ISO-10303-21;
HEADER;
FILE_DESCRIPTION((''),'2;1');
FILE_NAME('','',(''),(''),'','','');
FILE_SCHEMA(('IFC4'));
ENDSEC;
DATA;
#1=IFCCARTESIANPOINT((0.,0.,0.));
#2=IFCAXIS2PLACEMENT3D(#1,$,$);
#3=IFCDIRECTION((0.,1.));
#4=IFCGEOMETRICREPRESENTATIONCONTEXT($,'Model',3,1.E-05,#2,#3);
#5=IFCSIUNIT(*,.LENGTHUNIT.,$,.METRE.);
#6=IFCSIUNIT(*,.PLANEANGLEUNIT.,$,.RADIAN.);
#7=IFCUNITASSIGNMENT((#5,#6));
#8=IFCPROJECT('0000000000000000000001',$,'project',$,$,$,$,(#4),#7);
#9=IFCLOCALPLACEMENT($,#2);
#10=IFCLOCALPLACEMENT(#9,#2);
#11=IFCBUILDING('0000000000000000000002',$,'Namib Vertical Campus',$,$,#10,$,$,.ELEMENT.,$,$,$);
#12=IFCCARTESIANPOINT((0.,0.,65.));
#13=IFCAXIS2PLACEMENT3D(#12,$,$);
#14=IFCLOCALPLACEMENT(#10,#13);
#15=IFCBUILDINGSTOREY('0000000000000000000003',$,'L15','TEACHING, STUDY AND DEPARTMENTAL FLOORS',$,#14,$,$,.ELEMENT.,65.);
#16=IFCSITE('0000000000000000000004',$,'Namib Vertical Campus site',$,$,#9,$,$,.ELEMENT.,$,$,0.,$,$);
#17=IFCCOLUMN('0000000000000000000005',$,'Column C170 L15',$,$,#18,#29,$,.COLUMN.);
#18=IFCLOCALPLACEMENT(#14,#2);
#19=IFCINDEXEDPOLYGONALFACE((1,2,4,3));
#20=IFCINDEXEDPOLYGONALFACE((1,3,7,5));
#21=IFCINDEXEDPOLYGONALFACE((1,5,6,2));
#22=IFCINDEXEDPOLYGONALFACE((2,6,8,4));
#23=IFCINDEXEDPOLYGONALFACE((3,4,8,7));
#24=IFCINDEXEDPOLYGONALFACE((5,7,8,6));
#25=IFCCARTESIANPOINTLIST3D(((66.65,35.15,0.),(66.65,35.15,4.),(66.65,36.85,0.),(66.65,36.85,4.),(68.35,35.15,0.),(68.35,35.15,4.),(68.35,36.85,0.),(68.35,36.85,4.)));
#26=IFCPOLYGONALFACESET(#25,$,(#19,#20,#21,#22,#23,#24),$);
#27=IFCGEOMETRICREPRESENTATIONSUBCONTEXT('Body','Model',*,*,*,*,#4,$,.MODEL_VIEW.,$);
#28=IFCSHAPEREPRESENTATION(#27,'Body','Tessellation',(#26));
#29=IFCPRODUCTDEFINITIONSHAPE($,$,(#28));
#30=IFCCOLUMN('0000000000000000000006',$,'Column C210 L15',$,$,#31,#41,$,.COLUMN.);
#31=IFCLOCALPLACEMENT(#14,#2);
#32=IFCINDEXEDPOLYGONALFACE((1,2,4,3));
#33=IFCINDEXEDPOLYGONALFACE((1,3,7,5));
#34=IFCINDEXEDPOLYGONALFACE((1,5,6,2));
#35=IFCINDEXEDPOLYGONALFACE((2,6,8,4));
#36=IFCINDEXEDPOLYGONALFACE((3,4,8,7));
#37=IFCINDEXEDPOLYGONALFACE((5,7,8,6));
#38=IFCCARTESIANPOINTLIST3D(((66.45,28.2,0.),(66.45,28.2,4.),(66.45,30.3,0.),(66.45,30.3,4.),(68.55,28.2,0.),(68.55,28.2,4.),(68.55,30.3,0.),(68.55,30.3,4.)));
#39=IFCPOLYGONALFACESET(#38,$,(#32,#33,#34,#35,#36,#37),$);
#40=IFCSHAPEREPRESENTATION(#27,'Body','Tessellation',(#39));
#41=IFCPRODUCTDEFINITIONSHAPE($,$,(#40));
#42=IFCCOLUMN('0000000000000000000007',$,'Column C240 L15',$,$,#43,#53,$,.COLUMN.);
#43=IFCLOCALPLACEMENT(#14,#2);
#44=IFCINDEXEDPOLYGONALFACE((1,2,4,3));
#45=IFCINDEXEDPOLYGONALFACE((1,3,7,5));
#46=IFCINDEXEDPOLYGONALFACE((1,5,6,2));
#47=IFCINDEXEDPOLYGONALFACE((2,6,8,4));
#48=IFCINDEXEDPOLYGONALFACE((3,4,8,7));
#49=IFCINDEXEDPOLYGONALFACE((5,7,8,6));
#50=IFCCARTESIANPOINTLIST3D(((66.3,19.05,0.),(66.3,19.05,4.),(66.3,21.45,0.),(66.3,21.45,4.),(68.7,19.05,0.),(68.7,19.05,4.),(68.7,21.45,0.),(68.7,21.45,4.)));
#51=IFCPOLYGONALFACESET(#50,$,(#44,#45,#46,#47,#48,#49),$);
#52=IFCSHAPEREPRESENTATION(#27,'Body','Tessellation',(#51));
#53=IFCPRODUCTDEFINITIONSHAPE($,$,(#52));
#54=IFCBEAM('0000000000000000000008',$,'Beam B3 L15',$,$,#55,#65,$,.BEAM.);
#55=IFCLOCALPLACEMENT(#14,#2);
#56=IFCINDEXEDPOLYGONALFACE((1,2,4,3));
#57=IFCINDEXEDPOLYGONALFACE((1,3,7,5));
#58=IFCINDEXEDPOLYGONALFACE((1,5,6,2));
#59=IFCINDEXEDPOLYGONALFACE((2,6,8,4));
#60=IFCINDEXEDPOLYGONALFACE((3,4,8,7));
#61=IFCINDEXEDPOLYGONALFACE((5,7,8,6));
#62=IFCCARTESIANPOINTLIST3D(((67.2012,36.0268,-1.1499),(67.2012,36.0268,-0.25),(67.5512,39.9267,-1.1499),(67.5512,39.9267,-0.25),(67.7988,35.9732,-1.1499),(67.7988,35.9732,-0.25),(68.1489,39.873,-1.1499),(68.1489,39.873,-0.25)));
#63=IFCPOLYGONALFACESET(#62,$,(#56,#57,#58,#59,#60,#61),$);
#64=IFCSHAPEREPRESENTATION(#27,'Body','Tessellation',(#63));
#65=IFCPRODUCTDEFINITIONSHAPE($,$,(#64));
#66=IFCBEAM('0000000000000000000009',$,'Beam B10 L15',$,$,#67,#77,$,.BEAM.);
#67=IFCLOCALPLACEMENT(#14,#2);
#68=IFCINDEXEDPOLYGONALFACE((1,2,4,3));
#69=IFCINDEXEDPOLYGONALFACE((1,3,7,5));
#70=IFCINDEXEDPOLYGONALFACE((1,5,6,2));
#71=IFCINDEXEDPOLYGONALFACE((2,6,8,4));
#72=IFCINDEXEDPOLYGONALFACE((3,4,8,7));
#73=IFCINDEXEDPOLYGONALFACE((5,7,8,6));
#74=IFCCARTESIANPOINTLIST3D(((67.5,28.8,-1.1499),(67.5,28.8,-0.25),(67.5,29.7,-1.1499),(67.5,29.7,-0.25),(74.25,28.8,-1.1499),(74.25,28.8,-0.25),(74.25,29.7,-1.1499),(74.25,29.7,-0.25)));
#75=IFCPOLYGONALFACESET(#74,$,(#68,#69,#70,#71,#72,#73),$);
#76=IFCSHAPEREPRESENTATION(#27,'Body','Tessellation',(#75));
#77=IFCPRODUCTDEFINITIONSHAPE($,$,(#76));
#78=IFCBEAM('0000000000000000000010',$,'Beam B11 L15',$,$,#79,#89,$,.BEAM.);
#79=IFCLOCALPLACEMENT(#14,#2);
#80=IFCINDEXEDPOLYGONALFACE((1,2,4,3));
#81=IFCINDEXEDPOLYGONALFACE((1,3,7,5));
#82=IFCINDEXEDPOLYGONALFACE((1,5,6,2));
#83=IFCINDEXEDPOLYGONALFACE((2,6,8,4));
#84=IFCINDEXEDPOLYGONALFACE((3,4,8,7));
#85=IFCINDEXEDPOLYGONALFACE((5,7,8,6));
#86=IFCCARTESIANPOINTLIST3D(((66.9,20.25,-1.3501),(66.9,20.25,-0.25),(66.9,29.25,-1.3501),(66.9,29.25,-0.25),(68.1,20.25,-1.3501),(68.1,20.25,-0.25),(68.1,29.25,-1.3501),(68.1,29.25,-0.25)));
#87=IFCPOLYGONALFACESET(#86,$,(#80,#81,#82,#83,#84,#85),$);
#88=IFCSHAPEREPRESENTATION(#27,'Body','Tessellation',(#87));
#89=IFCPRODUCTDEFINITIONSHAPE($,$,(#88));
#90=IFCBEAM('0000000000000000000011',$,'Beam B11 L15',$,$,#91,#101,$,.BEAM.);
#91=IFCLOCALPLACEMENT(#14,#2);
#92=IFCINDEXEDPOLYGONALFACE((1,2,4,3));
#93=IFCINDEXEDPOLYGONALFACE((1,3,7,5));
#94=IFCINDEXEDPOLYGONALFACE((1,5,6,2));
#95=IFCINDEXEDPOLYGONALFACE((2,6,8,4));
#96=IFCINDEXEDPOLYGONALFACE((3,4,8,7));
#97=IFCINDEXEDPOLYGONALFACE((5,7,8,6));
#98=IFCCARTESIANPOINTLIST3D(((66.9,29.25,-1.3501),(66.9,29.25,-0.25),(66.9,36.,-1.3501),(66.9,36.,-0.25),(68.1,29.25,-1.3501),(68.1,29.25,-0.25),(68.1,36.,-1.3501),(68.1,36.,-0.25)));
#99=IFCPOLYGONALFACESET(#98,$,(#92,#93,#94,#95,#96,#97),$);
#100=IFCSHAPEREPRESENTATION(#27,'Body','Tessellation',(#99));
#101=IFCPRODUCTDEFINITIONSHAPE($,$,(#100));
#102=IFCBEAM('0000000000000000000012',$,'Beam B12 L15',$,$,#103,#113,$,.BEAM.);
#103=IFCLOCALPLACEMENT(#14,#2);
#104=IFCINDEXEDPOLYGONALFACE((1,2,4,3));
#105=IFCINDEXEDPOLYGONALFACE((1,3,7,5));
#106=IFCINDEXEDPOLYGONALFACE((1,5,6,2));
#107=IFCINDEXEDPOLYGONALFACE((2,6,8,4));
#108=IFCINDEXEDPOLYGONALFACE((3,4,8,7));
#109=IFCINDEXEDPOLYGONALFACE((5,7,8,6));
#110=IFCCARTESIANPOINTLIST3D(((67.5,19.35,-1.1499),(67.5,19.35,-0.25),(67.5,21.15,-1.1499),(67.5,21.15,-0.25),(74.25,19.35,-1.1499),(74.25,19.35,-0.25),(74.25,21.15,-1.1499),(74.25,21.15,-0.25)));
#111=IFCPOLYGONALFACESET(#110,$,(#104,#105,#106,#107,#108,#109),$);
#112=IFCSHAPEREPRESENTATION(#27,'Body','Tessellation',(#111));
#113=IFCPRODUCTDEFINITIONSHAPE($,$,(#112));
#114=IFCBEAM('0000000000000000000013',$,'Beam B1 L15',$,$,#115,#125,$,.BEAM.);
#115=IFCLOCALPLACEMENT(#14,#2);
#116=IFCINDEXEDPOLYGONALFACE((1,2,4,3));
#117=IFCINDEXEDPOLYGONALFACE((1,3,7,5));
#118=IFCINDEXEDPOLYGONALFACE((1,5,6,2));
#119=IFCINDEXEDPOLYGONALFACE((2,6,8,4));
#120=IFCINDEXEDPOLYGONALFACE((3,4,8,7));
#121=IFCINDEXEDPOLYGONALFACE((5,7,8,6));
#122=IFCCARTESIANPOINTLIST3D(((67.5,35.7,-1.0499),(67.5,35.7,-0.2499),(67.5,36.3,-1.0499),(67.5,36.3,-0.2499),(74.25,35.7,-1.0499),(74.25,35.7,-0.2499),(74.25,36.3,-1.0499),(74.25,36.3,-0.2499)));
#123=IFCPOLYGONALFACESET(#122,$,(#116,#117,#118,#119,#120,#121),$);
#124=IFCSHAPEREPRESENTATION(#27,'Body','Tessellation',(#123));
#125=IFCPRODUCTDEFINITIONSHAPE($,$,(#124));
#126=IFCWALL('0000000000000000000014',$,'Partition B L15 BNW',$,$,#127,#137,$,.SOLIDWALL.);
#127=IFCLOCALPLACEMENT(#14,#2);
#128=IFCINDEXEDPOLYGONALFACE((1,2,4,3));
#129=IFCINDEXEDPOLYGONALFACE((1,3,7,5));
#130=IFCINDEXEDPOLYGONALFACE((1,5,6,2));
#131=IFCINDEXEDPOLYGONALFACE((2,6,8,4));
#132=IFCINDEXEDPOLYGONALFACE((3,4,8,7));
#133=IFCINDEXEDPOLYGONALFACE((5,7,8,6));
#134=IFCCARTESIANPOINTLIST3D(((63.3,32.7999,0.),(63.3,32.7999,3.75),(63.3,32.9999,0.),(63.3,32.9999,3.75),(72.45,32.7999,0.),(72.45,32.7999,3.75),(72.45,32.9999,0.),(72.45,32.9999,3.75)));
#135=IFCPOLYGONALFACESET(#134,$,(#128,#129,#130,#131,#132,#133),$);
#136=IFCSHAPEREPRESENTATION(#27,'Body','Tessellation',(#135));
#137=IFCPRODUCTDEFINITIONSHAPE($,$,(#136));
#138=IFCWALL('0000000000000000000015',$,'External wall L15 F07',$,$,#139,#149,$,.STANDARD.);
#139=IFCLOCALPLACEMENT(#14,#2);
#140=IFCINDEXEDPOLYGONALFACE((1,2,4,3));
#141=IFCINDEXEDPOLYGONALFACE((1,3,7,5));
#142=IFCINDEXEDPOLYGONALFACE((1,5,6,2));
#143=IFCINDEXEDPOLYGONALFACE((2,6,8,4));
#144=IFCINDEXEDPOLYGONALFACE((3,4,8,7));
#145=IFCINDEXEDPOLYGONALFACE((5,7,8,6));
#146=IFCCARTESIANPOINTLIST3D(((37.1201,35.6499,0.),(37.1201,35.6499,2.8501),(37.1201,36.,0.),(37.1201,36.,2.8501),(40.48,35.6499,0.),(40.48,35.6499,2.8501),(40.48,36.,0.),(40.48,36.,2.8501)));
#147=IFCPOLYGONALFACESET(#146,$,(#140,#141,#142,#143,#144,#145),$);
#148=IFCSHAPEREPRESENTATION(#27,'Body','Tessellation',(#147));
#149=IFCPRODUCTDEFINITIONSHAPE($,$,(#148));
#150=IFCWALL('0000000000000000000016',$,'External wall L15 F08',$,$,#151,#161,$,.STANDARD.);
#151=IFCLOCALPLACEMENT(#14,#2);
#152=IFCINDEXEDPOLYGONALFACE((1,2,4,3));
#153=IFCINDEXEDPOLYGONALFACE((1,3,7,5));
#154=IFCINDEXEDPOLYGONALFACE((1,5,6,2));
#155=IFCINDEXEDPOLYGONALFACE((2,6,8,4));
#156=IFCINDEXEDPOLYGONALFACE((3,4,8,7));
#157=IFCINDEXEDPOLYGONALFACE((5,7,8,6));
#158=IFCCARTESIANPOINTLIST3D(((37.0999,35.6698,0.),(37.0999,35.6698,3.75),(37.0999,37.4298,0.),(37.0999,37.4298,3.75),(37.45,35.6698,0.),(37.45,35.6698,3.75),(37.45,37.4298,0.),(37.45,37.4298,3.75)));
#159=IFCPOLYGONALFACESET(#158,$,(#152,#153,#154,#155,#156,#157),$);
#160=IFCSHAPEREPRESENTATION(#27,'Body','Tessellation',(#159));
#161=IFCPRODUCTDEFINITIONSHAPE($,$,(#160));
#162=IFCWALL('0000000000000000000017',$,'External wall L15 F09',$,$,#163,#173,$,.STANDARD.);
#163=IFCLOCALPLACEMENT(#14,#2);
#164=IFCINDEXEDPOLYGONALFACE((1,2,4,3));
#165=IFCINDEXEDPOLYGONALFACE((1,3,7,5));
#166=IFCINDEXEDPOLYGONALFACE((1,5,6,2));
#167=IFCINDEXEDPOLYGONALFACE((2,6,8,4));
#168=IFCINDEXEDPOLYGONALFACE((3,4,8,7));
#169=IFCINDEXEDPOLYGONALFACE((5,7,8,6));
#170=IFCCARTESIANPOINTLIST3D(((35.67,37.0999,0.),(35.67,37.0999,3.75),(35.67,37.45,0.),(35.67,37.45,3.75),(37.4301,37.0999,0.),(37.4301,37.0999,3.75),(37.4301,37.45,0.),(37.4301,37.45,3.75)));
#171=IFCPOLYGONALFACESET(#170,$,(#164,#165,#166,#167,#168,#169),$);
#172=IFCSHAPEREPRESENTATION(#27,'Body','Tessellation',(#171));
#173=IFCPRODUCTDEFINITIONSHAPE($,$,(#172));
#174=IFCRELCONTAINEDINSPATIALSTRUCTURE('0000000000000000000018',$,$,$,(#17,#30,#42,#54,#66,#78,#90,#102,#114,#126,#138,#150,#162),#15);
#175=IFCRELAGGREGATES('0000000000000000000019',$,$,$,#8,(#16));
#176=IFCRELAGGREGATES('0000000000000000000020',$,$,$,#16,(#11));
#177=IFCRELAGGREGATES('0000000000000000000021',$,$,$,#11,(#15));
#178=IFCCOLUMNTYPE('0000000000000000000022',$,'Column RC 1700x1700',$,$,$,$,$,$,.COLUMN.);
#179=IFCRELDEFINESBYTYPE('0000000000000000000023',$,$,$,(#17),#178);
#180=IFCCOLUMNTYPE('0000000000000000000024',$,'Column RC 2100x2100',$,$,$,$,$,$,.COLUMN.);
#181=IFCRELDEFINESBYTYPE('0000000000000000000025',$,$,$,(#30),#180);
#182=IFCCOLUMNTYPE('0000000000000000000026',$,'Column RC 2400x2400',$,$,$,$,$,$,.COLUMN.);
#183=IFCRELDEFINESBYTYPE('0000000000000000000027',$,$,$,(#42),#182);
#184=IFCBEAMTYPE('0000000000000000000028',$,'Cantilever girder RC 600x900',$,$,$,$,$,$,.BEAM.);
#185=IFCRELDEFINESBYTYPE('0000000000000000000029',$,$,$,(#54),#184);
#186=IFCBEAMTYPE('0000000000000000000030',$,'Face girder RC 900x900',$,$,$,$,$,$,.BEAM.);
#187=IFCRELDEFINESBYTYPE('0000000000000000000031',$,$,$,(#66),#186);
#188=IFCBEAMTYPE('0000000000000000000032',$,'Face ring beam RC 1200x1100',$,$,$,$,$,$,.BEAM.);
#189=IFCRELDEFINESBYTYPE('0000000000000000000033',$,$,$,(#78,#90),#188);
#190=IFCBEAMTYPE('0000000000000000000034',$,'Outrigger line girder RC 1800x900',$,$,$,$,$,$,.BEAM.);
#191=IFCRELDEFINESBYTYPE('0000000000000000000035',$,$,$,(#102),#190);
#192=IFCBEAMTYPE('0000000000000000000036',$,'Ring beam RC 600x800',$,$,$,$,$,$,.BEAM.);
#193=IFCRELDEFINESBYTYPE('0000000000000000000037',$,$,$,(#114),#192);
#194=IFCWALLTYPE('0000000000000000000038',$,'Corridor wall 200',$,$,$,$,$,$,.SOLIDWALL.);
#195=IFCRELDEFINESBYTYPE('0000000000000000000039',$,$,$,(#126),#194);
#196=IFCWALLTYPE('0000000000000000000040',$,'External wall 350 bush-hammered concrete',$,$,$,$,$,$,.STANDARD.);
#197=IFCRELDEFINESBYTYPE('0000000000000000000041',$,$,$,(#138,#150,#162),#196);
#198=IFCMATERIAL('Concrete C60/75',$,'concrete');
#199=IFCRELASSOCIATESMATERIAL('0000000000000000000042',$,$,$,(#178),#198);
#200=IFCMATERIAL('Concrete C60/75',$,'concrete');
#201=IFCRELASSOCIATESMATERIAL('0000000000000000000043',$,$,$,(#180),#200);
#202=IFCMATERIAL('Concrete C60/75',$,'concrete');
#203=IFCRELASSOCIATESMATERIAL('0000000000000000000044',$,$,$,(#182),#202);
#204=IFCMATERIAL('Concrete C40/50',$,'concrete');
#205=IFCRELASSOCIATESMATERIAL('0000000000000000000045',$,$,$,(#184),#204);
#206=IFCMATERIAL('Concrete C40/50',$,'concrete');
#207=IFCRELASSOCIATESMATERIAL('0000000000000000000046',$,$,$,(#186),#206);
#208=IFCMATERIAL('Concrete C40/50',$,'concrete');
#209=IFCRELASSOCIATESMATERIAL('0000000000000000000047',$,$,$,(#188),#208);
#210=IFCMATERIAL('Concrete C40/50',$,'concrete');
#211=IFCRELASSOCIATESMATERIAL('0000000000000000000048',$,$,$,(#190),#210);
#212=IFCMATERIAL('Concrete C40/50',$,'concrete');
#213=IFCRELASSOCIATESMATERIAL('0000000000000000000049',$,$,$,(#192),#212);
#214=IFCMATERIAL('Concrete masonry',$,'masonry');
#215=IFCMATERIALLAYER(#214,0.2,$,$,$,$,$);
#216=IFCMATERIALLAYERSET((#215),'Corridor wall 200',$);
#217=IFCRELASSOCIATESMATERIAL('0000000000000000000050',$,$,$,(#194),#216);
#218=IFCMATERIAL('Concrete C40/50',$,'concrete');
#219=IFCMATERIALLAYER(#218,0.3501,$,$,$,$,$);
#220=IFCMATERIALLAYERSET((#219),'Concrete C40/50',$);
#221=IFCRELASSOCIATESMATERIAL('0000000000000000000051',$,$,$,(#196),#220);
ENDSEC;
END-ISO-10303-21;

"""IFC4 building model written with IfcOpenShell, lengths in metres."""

from ifc_helpers import new_model, si_unit, direction, frame, frame_2d, origin, origin_2d, place, context, subcontext, project, spatial, rectangle, extrude, material, layer, layer_set, material_profile, profile_set, type_object, element, save


model = new_model("IFC4")

# Units and contexts
model_context = context("Model", 3, precision=1e-05, world=origin(), true_north=direction((0.0, 1.0)))
body_context = subcontext(model_context, "Body", "Model", "MODEL_VIEW")
ifc_project = project(units=[si_unit("LENGTHUNIT", "METRE"), si_unit("PLANEANGLEUNIT", "RADIAN")], contexts=[model_context])

# Site, building, storey
site_placement = place(None, origin())
site = spatial("IfcSite", under=ifc_project, at=site_placement, Name="Namib Vertical Campus site", CompositionType="ELEMENT", RefElevation=0.0)
building_placement = place(site_placement, origin())
building = spatial("IfcBuilding", under=site, at=building_placement, Name="Namib Vertical Campus", CompositionType="ELEMENT")
storey_placement = place(building_placement, frame((0.0, 0.0, 65.0)))
storey = spatial("IfcBuildingStorey", under=building, at=storey_placement, Name="L15", Description="TEACHING, STUDY AND DEPARTMENTAL FLOORS", CompositionType="ELEMENT", Elevation=65.0)

# Columns
ifc_material_1 = material(Name="Concrete C60/75", Category="concrete")
ifc_material_profile_1 = material_profile(ifc_material_1, rectangle(XDim=1.7, YDim=1.7, at=origin_2d()))
ifc_profile_set_1 = profile_set([ifc_material_profile_1], Name="Concrete C60/75")
column_type_1 = type_object("IfcColumnType", Name="Column RC 1700x1700", PredefinedType="COLUMN", material=ifc_profile_set_1)
column_1_placement = place(storey_placement, frame((67.5, 36.0, 0.0), z_axis=(0.0, 0.0, 1.0), x_axis=(1.0, 0.0, 0.0)))
element("IfcColumn", 1, at=column_1_placement, inside=storey, type_object=column_type_1, Name="Column C170 L15", PredefinedType="COLUMN", context=body_context, shape_type="SweptSolid", body=[
    extrude(rectangle(XDim=1.7, YDim=1.7, at=origin_2d()), origin(), (0.0, 0.0, 1.0), 4.0),
])
ifc_material_2 = material(Name="Concrete C60/75", Category="concrete")
ifc_material_profile_2 = material_profile(ifc_material_2, rectangle(XDim=2.1001, YDim=2.1001, at=origin_2d()))
ifc_profile_set_2 = profile_set([ifc_material_profile_2], Name="Concrete C60/75")
column_type_2 = type_object("IfcColumnType", Name="Column RC 2100x2100", PredefinedType="COLUMN", material=ifc_profile_set_2)
column_2_placement = place(storey_placement, frame((67.5, 29.25, 0.0), z_axis=(0.0, 0.0, 1.0), x_axis=(1.0, 0.0, 0.0)))
element("IfcColumn", 2, at=column_2_placement, inside=storey, type_object=column_type_2, Name="Column C210 L15", PredefinedType="COLUMN", context=body_context, shape_type="SweptSolid", body=[
    extrude(rectangle(XDim=2.1001, YDim=2.1001, at=origin_2d()), origin(), (0.0, 0.0, 1.0), 4.0),
])
ifc_material_3 = material(Name="Concrete C60/75", Category="concrete")
ifc_material_profile_3 = material_profile(ifc_material_3, rectangle(XDim=2.3999, YDim=2.3999, at=origin_2d()))
ifc_profile_set_3 = profile_set([ifc_material_profile_3], Name="Concrete C60/75")
column_type_3 = type_object("IfcColumnType", Name="Column RC 2400x2400", PredefinedType="COLUMN", material=ifc_profile_set_3)
column_3_placement = place(storey_placement, frame((67.5, 20.25, 0.0), z_axis=(0.0, 0.0, 1.0), x_axis=(1.0, 0.0, 0.0)))
element("IfcColumn", 3, at=column_3_placement, inside=storey, type_object=column_type_3, Name="Column C240 L15", PredefinedType="COLUMN", context=body_context, shape_type="SweptSolid", body=[
    extrude(rectangle(XDim=2.3999, YDim=2.3999, at=origin_2d()), origin(), (0.0, 0.0, 1.0), 4.0),
])

# Beams
ifc_material_4 = material(Name="Concrete C40/50", Category="concrete")
ifc_material_profile_4 = material_profile(ifc_material_4, rectangle(XDim=0.6001, YDim=0.8999, at=origin_2d()))
ifc_profile_set_4 = profile_set([ifc_material_profile_4], Name="Concrete C40/50")
beam_type_1 = type_object("IfcBeamType", Name="Cantilever girder RC 600x900", PredefinedType="BEAM", material=ifc_profile_set_4)
beam_1_placement = place(storey_placement, frame((67.5, 36.0, -0.7), z_axis=(0.089411, 0.995995, 0.0), x_axis=(-0.995995, 0.089411, 0.0)))
element("IfcBeam", 4, at=beam_1_placement, inside=storey, type_object=beam_type_1, Name="Beam B3 L15", PredefinedType="BEAM", context=body_context, shape_type="SweptSolid", body=[
    extrude(rectangle(XDim=0.6001, YDim=0.8999, at=origin_2d()), origin(), (0.0, 0.0, 1.0), 3.9155),
])
ifc_material_5 = material(Name="Concrete C40/50", Category="concrete")
ifc_material_profile_5 = material_profile(ifc_material_5, rectangle(XDim=0.8999, YDim=0.8999, at=origin_2d()))
ifc_profile_set_5 = profile_set([ifc_material_profile_5], Name="Concrete C40/50")
beam_type_2 = type_object("IfcBeamType", Name="Face girder RC 900x900", PredefinedType="BEAM", material=ifc_profile_set_5)
beam_2_placement = place(storey_placement, frame((67.5, 29.25, -0.7), z_axis=(1.0, 0.0, 0.0), x_axis=(0.0, 1.0, 0.0)))
element("IfcBeam", 5, at=beam_2_placement, inside=storey, type_object=beam_type_2, Name="Beam B10 L15", PredefinedType="BEAM", context=body_context, shape_type="SweptSolid", body=[
    extrude(rectangle(XDim=0.8999, YDim=0.8999, at=origin_2d()), origin(), (0.0, 0.0, 1.0), 6.75),
])
ifc_material_6 = material(Name="Concrete C40/50", Category="concrete")
ifc_material_profile_6 = material_profile(ifc_material_6, rectangle(XDim=1.2, YDim=1.1001, at=origin_2d()))
ifc_profile_set_6 = profile_set([ifc_material_profile_6], Name="Concrete C40/50")
beam_type_3 = type_object("IfcBeamType", Name="Face ring beam RC 1200x1100", PredefinedType="BEAM", material=ifc_profile_set_6)
beam_3_placement = place(storey_placement, frame((67.5, 20.25, -0.8), z_axis=(0.0, 1.0, 0.0), x_axis=(-1.0, 0.0, 0.0)))
element("IfcBeam", 6, at=beam_3_placement, inside=storey, type_object=beam_type_3, Name="Beam B11 L15", PredefinedType="BEAM", context=body_context, shape_type="SweptSolid", body=[
    extrude(rectangle(XDim=1.2, YDim=1.1001, at=origin_2d()), origin(), (0.0, 0.0, 1.0), 9.0),
])
beam_4_placement = place(storey_placement, frame((67.5, 29.25, -0.8), z_axis=(0.0, 1.0, 0.0), x_axis=(-1.0, 0.0, 0.0)))
element("IfcBeam", 7, at=beam_4_placement, inside=storey, type_object=beam_type_3, Name="Beam B11 L15", PredefinedType="BEAM", context=body_context, shape_type="SweptSolid", body=[
    extrude(rectangle(XDim=1.2, YDim=1.1001, at=origin_2d()), origin(), (0.0, 0.0, 1.0), 6.75),
])
ifc_material_7 = material(Name="Concrete C40/50", Category="concrete")
ifc_material_profile_7 = material_profile(ifc_material_7, rectangle(XDim=1.8, YDim=0.8999, at=origin_2d()))
ifc_profile_set_7 = profile_set([ifc_material_profile_7], Name="Concrete C40/50")
beam_type_4 = type_object("IfcBeamType", Name="Outrigger line girder RC 1800x900", PredefinedType="BEAM", material=ifc_profile_set_7)
beam_5_placement = place(storey_placement, frame((67.5, 20.25, -0.7), z_axis=(1.0, 0.0, 0.0), x_axis=(0.0, 1.0, 0.0)))
element("IfcBeam", 8, at=beam_5_placement, inside=storey, type_object=beam_type_4, Name="Beam B12 L15", PredefinedType="BEAM", context=body_context, shape_type="SweptSolid", body=[
    extrude(rectangle(XDim=1.8, YDim=0.8999, at=origin_2d()), origin(), (0.0, 0.0, 1.0), 6.75),
])
ifc_material_8 = material(Name="Concrete C40/50", Category="concrete")
ifc_material_profile_8 = material_profile(ifc_material_8, rectangle(XDim=0.6001, YDim=0.8, at=origin_2d()))
ifc_profile_set_8 = profile_set([ifc_material_profile_8], Name="Concrete C40/50")
beam_type_5 = type_object("IfcBeamType", Name="Ring beam RC 600x800", PredefinedType="BEAM", material=ifc_profile_set_8)
beam_6_placement = place(storey_placement, frame((67.5, 36.0, -0.6499), z_axis=(1.0, 0.0, 0.0), x_axis=(0.0, 1.0, 0.0)))
element("IfcBeam", 9, at=beam_6_placement, inside=storey, type_object=beam_type_5, Name="Beam B1 L15", PredefinedType="BEAM", context=body_context, shape_type="SweptSolid", body=[
    extrude(rectangle(XDim=0.6001, YDim=0.8, at=origin_2d()), origin(), (0.0, 0.0, 1.0), 6.75),
])

# Walls
ifc_material_9 = material(Name="Concrete masonry", Category="masonry")
ifc_layer_1 = layer(ifc_material_9, 0.2)
ifc_layer_set_1 = layer_set([ifc_layer_1], Name="Corridor wall 200")
wall_type_1 = type_object("IfcWallType", Name="Corridor wall 200", PredefinedType="SOLIDWALL", material=ifc_layer_set_1)
wall_1_placement = place(storey_placement, frame((63.3, 32.8999, 0.0), z_axis=(0.0, 0.0, 1.0), x_axis=(1.0, 0.0, 0.0)))
element("IfcWall", 10, at=wall_1_placement, inside=storey, type_object=wall_type_1, Name="Partition B L15 BNW", PredefinedType="SOLIDWALL", context=body_context, shape_type="SweptSolid", body=[
    extrude(rectangle(XDim=9.1499, YDim=0.2, at=frame_2d((4.575, 0.0))), origin(), (0.0, 0.0, 1.0), 3.75),
])
ifc_material_10 = material(Name="Concrete C40/50", Category="concrete")
ifc_layer_2 = layer(ifc_material_10, 0.3501)
ifc_layer_set_2 = layer_set([ifc_layer_2], Name="Concrete C40/50")
wall_type_2 = type_object("IfcWallType", Name="External wall 350 bush-hammered concrete", PredefinedType="STANDARD", material=ifc_layer_set_2)
wall_2_placement = place(storey_placement, frame((40.48, 35.825, 0.0), z_axis=(0.0, 0.0, 1.0), x_axis=(-1.0, 0.0, 0.0)))
element("IfcWall", 11, at=wall_2_placement, inside=storey, type_object=wall_type_2, Name="External wall L15 F07", PredefinedType="STANDARD", context=body_context, shape_type="SweptSolid", body=[
    extrude(rectangle(XDim=3.3599, YDim=0.3501, at=frame_2d((1.6799, 0.0))), origin(), (0.0, 0.0, 1.0), 2.8501),
])
for number, where, z_axis, x_axis, name in (
    (12, (37.2749, 35.6699, 0.0), (0.0, 0.0, 1.0), (0.0, 1.0, 0.0), "External wall L15 F08"),
    (13, (37.4299, 37.2749, 0.0), (0.0, 0.0, 1.0), (-1.0, 0.0, 0.0), "External wall L15 F09"),
):
    element("IfcWall", number, at=place(storey_placement, frame(where, z_axis=z_axis, x_axis=x_axis)), inside=storey, type_object=wall_type_2, Name=name, PredefinedType="STANDARD", context=body_context, shape_type="SweptSolid", body=[
        extrude(rectangle(XDim=1.76, YDim=0.3501, at=frame_2d((0.8799, 0.0))), origin(), (0.0, 0.0, 1.0), 3.75),
    ])

save(model, "model.ifc")
